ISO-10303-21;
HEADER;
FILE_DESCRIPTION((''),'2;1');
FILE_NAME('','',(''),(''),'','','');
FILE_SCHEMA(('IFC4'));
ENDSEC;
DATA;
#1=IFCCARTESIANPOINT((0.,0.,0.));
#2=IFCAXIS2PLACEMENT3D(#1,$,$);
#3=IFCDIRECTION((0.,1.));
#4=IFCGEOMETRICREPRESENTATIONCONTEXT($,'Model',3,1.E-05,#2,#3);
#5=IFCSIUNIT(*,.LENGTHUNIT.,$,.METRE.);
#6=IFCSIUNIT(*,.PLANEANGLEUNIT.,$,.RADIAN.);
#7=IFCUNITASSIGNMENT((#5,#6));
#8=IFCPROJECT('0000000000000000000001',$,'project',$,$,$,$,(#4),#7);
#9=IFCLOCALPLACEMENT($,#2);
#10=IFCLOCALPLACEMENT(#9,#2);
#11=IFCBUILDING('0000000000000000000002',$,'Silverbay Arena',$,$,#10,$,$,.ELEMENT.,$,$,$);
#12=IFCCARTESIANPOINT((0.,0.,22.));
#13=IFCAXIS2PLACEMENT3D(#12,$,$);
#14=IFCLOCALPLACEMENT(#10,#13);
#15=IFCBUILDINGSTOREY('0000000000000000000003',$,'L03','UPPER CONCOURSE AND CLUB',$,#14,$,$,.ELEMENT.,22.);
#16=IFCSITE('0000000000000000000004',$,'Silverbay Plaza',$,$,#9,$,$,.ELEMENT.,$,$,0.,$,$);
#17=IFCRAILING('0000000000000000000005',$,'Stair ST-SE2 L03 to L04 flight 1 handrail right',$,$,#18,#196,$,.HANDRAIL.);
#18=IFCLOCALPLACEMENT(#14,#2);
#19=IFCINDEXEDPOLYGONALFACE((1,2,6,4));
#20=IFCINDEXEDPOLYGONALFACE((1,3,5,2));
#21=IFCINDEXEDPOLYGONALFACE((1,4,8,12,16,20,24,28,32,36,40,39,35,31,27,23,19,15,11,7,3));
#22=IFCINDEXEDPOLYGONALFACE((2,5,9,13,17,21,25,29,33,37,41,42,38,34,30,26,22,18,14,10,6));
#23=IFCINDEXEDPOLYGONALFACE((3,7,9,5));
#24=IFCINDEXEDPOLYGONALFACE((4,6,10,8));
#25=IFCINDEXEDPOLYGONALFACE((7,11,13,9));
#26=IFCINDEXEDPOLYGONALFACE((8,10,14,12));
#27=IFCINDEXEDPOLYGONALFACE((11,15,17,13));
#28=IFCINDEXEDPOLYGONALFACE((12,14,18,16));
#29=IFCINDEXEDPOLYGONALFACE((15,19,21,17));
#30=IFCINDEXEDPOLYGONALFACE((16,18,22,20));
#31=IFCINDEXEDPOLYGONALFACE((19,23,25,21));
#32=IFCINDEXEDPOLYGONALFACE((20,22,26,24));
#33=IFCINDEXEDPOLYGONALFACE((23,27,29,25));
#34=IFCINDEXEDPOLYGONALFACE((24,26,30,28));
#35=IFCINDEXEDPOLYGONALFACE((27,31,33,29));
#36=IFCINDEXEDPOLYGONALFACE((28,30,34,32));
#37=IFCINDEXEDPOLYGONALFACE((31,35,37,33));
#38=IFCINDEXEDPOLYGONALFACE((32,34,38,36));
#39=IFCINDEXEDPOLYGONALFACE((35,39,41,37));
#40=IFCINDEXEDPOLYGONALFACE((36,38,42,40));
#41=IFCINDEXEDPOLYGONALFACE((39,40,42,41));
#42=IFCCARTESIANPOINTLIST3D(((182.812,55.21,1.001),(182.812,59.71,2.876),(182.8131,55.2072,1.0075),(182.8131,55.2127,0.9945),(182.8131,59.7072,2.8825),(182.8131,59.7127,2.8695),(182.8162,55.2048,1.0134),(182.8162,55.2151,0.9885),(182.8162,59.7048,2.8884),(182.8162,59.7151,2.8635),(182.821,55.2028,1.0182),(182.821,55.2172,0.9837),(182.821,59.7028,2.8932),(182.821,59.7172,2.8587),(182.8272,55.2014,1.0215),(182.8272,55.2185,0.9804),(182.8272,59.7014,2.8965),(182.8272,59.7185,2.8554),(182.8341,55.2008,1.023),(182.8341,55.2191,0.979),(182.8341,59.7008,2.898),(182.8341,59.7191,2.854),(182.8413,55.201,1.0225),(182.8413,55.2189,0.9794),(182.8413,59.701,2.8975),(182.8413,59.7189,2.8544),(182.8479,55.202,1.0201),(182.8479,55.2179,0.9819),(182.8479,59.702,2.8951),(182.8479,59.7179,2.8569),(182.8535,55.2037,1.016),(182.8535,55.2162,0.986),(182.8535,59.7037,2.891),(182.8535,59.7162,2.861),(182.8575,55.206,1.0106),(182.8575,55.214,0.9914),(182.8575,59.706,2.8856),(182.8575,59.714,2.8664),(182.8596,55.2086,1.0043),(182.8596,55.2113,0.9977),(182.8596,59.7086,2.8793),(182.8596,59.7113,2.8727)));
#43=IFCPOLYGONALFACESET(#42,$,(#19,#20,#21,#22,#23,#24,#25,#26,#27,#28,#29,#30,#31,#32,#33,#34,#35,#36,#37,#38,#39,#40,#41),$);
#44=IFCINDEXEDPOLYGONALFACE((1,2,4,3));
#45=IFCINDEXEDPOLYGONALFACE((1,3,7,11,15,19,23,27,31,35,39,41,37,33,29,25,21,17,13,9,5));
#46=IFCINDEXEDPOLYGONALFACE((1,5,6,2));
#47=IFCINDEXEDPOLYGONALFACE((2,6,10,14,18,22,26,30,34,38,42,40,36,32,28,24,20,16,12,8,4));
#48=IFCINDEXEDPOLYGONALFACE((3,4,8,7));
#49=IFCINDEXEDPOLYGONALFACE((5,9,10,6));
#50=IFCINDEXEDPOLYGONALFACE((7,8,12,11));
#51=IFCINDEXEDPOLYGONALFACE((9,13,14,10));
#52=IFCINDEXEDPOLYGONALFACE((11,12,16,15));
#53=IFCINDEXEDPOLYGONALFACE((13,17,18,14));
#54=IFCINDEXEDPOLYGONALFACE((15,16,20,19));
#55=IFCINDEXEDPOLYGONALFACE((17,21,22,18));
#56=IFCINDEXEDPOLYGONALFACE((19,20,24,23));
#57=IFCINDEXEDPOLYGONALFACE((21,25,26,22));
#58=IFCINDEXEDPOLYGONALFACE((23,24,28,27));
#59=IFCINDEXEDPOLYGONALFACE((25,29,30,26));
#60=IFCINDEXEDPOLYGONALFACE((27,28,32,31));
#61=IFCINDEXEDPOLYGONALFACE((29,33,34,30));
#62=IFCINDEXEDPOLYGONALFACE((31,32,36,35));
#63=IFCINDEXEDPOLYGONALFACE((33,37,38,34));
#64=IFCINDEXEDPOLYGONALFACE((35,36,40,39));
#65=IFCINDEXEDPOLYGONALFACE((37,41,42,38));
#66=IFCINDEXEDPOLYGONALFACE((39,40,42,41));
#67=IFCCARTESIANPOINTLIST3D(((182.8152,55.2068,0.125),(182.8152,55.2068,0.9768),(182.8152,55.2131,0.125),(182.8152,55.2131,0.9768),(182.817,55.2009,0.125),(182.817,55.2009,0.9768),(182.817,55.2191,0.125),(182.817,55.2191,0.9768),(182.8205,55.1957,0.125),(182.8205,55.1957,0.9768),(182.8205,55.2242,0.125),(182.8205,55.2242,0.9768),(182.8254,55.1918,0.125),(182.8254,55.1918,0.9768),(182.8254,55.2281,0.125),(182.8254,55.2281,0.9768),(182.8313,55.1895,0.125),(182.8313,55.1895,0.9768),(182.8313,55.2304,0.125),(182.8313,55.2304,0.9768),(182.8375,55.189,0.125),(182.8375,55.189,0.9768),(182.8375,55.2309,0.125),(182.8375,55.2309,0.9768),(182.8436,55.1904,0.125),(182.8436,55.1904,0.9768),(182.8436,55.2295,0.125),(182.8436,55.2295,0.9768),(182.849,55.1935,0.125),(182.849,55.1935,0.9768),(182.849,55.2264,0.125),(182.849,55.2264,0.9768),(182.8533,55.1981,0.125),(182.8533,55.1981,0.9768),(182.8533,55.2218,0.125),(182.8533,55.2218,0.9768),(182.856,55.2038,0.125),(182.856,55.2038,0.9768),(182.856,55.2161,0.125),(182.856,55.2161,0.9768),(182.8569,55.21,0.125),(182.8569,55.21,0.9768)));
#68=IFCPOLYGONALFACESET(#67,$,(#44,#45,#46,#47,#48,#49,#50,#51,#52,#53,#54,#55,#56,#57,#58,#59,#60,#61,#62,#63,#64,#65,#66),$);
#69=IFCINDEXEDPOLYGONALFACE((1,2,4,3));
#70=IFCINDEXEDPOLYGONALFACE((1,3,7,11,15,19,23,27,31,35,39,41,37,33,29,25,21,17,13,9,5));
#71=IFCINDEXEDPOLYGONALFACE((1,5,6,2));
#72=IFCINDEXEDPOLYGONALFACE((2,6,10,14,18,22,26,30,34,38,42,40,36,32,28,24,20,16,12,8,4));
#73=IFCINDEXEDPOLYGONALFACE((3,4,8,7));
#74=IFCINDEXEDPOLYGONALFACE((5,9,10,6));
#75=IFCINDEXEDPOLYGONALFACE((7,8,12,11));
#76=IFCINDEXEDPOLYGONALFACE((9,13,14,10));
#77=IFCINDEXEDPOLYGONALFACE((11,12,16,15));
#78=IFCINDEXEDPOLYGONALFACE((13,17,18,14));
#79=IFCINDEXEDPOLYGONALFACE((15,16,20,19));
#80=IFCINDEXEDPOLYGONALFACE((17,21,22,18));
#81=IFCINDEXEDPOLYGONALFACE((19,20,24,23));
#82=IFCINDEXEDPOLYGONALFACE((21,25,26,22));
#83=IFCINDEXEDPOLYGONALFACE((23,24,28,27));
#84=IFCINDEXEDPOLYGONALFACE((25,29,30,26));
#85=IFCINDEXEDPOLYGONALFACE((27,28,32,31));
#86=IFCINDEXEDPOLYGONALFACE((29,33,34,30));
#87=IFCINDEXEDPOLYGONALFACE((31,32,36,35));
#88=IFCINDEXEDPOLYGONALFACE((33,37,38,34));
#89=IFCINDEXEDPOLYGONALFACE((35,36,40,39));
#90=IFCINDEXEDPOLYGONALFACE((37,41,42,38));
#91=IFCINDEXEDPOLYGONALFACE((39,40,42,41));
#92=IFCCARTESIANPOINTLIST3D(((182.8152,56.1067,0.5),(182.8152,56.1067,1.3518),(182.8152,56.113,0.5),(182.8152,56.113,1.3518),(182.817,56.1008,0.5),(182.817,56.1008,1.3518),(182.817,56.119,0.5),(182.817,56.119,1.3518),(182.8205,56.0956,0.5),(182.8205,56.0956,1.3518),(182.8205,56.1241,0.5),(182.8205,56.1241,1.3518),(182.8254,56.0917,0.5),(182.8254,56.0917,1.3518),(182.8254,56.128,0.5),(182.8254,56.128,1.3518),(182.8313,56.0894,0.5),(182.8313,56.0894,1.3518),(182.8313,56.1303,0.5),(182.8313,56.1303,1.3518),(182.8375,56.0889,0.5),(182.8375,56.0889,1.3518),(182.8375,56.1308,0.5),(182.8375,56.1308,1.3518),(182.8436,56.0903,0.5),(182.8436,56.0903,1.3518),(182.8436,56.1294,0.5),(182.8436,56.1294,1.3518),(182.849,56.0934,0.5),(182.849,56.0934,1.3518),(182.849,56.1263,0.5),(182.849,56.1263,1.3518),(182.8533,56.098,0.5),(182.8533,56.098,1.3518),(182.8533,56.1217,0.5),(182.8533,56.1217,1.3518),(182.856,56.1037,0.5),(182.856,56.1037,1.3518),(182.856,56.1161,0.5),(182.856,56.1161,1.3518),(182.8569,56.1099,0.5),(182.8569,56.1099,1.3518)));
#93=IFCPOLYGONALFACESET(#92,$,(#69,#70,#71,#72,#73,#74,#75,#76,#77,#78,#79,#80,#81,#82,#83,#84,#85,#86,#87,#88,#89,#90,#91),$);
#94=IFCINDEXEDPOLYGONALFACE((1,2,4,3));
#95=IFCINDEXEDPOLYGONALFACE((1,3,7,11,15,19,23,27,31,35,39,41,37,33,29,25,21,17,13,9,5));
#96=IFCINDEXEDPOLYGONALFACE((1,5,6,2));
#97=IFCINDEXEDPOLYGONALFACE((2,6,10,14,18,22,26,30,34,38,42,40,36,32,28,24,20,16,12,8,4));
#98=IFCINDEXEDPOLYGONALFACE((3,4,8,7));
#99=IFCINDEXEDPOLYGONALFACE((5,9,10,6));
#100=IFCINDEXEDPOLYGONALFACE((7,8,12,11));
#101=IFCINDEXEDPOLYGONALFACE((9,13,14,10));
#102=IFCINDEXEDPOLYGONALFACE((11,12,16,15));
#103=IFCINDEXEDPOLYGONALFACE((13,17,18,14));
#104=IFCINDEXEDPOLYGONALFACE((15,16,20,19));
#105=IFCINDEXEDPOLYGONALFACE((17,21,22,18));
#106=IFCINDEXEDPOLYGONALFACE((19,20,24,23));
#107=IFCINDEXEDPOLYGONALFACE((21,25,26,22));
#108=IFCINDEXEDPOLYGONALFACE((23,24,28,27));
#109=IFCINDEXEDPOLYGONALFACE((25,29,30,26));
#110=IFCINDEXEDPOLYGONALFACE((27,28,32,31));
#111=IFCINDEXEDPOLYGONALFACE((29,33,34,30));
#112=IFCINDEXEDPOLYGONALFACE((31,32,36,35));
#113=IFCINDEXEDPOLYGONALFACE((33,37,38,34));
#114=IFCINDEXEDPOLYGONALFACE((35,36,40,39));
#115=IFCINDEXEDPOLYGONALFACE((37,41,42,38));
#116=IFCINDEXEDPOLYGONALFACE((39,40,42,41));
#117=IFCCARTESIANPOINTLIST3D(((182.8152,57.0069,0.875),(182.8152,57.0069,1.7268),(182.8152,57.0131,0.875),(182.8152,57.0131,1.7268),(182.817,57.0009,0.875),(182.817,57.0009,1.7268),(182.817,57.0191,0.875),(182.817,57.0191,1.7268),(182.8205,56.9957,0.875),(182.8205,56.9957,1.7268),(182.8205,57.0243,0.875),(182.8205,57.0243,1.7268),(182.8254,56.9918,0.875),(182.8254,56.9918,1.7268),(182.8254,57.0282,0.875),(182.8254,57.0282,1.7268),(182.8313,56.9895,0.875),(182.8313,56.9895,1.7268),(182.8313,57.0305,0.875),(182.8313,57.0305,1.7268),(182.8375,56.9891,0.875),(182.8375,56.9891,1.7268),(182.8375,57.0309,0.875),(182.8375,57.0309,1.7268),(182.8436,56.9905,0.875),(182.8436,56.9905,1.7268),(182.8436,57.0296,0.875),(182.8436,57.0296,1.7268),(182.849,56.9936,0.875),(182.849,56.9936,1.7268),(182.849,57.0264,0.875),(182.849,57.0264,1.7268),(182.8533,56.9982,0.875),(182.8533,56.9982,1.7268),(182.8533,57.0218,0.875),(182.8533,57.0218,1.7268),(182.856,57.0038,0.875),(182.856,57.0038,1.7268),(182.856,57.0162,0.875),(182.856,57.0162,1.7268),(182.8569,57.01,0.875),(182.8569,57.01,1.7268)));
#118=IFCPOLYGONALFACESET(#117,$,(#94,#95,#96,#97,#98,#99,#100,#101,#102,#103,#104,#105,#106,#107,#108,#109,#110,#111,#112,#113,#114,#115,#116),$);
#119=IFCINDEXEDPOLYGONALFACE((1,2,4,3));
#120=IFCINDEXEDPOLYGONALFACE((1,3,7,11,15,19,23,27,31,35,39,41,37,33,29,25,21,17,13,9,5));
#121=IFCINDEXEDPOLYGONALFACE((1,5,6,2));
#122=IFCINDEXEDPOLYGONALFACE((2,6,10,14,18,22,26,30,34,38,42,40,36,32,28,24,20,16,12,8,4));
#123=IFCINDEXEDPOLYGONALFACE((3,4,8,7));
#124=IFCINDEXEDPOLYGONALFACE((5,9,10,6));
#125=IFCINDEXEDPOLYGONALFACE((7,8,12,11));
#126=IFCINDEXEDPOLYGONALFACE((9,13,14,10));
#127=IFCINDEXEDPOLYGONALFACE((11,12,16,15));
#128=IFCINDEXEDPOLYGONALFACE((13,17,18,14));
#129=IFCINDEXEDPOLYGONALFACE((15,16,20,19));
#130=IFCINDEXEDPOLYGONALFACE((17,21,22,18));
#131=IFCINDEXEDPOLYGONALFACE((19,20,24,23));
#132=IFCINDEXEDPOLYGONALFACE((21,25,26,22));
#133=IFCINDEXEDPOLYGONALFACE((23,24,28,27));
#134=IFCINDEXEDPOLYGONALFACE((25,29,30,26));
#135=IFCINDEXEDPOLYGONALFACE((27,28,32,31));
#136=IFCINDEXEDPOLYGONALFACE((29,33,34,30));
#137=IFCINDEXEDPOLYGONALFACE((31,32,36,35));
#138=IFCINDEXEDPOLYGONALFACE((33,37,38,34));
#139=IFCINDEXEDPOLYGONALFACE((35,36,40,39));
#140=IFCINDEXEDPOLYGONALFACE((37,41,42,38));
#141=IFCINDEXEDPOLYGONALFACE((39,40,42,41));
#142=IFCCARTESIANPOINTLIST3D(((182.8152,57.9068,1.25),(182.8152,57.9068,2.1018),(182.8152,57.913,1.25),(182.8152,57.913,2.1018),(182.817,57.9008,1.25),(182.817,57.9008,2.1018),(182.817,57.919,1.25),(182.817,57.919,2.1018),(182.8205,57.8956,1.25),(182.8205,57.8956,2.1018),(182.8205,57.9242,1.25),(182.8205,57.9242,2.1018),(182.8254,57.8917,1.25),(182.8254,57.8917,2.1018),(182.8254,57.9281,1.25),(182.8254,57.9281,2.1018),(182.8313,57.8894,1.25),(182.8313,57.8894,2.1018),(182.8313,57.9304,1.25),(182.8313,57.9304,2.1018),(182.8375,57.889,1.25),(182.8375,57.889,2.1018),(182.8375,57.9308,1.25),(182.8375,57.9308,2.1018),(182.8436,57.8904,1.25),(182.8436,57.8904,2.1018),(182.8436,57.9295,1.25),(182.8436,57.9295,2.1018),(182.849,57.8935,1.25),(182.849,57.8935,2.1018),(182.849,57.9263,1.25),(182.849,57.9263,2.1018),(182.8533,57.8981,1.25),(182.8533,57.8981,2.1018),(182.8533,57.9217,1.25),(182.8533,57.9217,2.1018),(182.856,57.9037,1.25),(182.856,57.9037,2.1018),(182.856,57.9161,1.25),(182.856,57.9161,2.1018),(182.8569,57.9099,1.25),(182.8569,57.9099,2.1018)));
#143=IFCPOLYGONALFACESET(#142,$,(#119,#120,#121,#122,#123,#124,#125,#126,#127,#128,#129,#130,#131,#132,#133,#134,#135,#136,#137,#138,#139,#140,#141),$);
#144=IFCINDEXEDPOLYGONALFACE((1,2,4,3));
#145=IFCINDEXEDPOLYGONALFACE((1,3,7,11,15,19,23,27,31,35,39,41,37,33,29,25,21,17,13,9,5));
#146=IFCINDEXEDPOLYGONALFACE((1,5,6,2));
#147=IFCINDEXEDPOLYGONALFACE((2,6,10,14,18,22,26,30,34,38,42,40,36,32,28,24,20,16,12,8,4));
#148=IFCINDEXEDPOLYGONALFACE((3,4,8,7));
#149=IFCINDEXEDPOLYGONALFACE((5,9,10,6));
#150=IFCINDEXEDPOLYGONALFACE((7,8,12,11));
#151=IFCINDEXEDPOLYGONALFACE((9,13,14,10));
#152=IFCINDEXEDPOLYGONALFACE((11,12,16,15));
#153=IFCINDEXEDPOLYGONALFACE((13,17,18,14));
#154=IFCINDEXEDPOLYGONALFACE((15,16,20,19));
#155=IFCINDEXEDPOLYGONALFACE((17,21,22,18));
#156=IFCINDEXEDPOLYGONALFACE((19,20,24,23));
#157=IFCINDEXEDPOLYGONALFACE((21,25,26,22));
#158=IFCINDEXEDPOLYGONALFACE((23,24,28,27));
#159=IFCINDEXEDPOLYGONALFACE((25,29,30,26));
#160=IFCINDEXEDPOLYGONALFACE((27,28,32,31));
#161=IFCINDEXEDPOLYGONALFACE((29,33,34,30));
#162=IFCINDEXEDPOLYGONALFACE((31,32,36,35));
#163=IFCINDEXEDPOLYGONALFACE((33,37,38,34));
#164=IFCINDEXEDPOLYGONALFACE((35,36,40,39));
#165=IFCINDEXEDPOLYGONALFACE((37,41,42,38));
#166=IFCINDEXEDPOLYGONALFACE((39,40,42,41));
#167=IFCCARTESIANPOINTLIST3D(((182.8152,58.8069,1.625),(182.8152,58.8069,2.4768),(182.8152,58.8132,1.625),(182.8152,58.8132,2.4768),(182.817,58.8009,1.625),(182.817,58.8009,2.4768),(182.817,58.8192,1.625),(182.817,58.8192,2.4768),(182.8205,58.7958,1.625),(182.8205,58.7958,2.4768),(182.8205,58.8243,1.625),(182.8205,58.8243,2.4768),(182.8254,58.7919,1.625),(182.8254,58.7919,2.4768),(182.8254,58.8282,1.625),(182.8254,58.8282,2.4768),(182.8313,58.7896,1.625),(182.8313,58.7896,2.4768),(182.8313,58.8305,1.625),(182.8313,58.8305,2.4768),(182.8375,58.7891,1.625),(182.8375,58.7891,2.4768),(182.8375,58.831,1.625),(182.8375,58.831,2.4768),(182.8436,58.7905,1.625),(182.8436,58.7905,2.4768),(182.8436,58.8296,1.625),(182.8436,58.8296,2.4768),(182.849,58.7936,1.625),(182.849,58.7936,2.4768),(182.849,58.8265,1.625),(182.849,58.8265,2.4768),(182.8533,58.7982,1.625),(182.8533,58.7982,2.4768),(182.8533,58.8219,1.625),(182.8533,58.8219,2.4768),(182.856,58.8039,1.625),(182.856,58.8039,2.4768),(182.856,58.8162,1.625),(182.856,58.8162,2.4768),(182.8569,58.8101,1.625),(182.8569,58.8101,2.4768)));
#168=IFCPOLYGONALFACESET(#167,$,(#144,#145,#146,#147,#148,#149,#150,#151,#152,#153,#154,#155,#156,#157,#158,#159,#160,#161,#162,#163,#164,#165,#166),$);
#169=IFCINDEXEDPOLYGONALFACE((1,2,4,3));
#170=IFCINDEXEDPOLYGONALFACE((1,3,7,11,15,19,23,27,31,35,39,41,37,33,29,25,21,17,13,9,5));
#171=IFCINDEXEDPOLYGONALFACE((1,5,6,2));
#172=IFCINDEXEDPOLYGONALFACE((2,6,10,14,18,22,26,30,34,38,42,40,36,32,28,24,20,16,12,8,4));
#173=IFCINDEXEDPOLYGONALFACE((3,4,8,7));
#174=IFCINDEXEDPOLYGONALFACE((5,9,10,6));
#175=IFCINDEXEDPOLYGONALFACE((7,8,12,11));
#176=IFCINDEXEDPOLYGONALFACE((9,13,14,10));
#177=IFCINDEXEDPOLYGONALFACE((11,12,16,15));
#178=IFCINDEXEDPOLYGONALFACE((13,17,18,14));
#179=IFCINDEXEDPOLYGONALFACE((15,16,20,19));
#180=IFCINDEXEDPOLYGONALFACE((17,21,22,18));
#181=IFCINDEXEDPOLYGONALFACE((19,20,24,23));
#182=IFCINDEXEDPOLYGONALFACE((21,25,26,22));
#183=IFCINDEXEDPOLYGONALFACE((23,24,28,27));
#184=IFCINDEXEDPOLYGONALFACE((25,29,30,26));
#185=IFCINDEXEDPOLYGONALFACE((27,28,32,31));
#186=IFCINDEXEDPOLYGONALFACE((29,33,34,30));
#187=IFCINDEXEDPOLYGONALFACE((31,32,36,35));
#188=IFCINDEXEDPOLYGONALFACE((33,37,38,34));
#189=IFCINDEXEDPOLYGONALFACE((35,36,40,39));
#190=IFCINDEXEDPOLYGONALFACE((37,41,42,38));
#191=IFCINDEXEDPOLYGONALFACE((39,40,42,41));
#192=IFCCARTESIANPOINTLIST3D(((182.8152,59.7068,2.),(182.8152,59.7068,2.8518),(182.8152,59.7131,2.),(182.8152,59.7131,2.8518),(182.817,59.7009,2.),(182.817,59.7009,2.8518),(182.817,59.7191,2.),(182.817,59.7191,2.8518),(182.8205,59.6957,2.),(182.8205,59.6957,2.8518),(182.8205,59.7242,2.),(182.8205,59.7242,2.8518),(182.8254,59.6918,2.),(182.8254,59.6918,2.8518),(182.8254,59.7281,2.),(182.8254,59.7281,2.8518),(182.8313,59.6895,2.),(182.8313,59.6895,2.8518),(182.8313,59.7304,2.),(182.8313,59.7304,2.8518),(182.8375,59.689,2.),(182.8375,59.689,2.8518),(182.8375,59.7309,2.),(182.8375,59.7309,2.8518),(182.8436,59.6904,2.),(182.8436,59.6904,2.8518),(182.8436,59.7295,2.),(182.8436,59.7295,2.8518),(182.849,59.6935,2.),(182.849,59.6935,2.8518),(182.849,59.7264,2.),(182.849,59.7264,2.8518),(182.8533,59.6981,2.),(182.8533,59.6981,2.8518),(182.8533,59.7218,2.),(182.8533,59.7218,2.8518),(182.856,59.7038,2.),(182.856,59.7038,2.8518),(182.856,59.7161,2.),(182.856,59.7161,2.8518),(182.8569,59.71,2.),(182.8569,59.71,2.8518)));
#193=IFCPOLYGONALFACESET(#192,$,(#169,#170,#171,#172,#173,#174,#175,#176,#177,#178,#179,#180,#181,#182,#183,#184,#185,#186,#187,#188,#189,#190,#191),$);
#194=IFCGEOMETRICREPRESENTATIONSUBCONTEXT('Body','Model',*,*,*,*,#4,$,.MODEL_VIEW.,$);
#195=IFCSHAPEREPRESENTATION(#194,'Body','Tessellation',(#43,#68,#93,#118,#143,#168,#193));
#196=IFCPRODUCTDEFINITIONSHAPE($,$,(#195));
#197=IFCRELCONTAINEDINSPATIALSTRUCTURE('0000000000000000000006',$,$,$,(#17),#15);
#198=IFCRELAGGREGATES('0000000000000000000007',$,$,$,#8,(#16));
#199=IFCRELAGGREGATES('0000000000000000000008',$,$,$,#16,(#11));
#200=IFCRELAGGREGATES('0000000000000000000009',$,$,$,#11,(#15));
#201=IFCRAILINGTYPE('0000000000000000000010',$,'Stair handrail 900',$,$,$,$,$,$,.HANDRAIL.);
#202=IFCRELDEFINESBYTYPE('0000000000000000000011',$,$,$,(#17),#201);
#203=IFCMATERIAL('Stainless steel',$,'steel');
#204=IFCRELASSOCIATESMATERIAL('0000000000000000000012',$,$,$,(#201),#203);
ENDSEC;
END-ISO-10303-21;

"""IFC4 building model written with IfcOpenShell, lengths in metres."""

from ifc_helpers import new_model, si_unit, direction, frame, origin, origin_2d, place, context, subcontext, project, spatial, circle, extrude, material, type_object, element, save


model = new_model("IFC4")

# Units and contexts
model_context = context("Model", 3, precision=1e-05, world=origin(), true_north=direction((0.0, 1.0)))
body_context = subcontext(model_context, "Body", "Model", "MODEL_VIEW")
ifc_project = project(units=[si_unit("LENGTHUNIT", "METRE"), si_unit("PLANEANGLEUNIT", "RADIAN")], contexts=[model_context])

# Site, building, storey
site_placement = place(None, origin())
site = spatial("IfcSite", under=ifc_project, at=site_placement, Name="Silverbay Plaza", CompositionType="ELEMENT", RefElevation=0.0)
building_placement = place(site_placement, origin())
building = spatial("IfcBuilding", under=site, at=building_placement, Name="Silverbay Arena", CompositionType="ELEMENT")
storey_placement = place(building_placement, frame((0.0, 0.0, 22.0)))
storey = spatial("IfcBuildingStorey", under=building, at=storey_placement, Name="L03", Description="UPPER CONCOURSE AND CLUB", CompositionType="ELEMENT", Elevation=22.0)

# Railing
ifc_material_1 = material(Name="Stainless steel", Category="steel")
railing_type_1 = type_object("IfcRailingType", Name="Stair handrail 900", PredefinedType="HANDRAIL", material=ifc_material_1)
for number, where, name in (
    (1, (182.8359, 55.21, 0.125), "Stair ST-SE2 L03 to L04 flight 1 handrail right"),
):
    element("IfcRailing", number, at=place(storey_placement, frame(where)), inside=storey, type_object=railing_type_1, Name=name, PredefinedType="HANDRAIL", context=body_context, shape_type="SweptSolid", body=[
        extrude(circle(Radius=0.0239, at=origin_2d()), frame((0.0, 0.0, 0.876), z_axis=(0.0, 0.923077, 0.384615), x_axis=(-1.0, 0.0, 0.0)), (0.0, 0.0, 1.0), 4.875),
        extrude(circle(Radius=0.021, at=origin_2d()), origin(), (0.0, 0.0, 1.0), 0.8518),
        extrude(circle(Radius=0.021, at=origin_2d()), frame((0.0, 0.8999, 0.375)), (0.0, 0.0, 1.0), 0.8518),
        extrude(circle(Radius=0.021, at=origin_2d()), frame((0.0, 1.8, 0.75)), (0.0, 0.0, 1.0), 0.8518),
        extrude(circle(Radius=0.021, at=origin_2d()), frame((0.0, 2.7, 1.125)), (0.0, 0.0, 1.0), 0.8518),
        extrude(circle(Radius=0.021, at=origin_2d()), frame((0.0, 3.6001, 1.5)), (0.0, 0.0, 1.0), 0.8518),
        extrude(circle(Radius=0.021, at=origin_2d()), frame((0.0, 4.5, 1.875)), (0.0, 0.0, 1.0), 0.8518),
    ])

save(model, "model.ifc")
